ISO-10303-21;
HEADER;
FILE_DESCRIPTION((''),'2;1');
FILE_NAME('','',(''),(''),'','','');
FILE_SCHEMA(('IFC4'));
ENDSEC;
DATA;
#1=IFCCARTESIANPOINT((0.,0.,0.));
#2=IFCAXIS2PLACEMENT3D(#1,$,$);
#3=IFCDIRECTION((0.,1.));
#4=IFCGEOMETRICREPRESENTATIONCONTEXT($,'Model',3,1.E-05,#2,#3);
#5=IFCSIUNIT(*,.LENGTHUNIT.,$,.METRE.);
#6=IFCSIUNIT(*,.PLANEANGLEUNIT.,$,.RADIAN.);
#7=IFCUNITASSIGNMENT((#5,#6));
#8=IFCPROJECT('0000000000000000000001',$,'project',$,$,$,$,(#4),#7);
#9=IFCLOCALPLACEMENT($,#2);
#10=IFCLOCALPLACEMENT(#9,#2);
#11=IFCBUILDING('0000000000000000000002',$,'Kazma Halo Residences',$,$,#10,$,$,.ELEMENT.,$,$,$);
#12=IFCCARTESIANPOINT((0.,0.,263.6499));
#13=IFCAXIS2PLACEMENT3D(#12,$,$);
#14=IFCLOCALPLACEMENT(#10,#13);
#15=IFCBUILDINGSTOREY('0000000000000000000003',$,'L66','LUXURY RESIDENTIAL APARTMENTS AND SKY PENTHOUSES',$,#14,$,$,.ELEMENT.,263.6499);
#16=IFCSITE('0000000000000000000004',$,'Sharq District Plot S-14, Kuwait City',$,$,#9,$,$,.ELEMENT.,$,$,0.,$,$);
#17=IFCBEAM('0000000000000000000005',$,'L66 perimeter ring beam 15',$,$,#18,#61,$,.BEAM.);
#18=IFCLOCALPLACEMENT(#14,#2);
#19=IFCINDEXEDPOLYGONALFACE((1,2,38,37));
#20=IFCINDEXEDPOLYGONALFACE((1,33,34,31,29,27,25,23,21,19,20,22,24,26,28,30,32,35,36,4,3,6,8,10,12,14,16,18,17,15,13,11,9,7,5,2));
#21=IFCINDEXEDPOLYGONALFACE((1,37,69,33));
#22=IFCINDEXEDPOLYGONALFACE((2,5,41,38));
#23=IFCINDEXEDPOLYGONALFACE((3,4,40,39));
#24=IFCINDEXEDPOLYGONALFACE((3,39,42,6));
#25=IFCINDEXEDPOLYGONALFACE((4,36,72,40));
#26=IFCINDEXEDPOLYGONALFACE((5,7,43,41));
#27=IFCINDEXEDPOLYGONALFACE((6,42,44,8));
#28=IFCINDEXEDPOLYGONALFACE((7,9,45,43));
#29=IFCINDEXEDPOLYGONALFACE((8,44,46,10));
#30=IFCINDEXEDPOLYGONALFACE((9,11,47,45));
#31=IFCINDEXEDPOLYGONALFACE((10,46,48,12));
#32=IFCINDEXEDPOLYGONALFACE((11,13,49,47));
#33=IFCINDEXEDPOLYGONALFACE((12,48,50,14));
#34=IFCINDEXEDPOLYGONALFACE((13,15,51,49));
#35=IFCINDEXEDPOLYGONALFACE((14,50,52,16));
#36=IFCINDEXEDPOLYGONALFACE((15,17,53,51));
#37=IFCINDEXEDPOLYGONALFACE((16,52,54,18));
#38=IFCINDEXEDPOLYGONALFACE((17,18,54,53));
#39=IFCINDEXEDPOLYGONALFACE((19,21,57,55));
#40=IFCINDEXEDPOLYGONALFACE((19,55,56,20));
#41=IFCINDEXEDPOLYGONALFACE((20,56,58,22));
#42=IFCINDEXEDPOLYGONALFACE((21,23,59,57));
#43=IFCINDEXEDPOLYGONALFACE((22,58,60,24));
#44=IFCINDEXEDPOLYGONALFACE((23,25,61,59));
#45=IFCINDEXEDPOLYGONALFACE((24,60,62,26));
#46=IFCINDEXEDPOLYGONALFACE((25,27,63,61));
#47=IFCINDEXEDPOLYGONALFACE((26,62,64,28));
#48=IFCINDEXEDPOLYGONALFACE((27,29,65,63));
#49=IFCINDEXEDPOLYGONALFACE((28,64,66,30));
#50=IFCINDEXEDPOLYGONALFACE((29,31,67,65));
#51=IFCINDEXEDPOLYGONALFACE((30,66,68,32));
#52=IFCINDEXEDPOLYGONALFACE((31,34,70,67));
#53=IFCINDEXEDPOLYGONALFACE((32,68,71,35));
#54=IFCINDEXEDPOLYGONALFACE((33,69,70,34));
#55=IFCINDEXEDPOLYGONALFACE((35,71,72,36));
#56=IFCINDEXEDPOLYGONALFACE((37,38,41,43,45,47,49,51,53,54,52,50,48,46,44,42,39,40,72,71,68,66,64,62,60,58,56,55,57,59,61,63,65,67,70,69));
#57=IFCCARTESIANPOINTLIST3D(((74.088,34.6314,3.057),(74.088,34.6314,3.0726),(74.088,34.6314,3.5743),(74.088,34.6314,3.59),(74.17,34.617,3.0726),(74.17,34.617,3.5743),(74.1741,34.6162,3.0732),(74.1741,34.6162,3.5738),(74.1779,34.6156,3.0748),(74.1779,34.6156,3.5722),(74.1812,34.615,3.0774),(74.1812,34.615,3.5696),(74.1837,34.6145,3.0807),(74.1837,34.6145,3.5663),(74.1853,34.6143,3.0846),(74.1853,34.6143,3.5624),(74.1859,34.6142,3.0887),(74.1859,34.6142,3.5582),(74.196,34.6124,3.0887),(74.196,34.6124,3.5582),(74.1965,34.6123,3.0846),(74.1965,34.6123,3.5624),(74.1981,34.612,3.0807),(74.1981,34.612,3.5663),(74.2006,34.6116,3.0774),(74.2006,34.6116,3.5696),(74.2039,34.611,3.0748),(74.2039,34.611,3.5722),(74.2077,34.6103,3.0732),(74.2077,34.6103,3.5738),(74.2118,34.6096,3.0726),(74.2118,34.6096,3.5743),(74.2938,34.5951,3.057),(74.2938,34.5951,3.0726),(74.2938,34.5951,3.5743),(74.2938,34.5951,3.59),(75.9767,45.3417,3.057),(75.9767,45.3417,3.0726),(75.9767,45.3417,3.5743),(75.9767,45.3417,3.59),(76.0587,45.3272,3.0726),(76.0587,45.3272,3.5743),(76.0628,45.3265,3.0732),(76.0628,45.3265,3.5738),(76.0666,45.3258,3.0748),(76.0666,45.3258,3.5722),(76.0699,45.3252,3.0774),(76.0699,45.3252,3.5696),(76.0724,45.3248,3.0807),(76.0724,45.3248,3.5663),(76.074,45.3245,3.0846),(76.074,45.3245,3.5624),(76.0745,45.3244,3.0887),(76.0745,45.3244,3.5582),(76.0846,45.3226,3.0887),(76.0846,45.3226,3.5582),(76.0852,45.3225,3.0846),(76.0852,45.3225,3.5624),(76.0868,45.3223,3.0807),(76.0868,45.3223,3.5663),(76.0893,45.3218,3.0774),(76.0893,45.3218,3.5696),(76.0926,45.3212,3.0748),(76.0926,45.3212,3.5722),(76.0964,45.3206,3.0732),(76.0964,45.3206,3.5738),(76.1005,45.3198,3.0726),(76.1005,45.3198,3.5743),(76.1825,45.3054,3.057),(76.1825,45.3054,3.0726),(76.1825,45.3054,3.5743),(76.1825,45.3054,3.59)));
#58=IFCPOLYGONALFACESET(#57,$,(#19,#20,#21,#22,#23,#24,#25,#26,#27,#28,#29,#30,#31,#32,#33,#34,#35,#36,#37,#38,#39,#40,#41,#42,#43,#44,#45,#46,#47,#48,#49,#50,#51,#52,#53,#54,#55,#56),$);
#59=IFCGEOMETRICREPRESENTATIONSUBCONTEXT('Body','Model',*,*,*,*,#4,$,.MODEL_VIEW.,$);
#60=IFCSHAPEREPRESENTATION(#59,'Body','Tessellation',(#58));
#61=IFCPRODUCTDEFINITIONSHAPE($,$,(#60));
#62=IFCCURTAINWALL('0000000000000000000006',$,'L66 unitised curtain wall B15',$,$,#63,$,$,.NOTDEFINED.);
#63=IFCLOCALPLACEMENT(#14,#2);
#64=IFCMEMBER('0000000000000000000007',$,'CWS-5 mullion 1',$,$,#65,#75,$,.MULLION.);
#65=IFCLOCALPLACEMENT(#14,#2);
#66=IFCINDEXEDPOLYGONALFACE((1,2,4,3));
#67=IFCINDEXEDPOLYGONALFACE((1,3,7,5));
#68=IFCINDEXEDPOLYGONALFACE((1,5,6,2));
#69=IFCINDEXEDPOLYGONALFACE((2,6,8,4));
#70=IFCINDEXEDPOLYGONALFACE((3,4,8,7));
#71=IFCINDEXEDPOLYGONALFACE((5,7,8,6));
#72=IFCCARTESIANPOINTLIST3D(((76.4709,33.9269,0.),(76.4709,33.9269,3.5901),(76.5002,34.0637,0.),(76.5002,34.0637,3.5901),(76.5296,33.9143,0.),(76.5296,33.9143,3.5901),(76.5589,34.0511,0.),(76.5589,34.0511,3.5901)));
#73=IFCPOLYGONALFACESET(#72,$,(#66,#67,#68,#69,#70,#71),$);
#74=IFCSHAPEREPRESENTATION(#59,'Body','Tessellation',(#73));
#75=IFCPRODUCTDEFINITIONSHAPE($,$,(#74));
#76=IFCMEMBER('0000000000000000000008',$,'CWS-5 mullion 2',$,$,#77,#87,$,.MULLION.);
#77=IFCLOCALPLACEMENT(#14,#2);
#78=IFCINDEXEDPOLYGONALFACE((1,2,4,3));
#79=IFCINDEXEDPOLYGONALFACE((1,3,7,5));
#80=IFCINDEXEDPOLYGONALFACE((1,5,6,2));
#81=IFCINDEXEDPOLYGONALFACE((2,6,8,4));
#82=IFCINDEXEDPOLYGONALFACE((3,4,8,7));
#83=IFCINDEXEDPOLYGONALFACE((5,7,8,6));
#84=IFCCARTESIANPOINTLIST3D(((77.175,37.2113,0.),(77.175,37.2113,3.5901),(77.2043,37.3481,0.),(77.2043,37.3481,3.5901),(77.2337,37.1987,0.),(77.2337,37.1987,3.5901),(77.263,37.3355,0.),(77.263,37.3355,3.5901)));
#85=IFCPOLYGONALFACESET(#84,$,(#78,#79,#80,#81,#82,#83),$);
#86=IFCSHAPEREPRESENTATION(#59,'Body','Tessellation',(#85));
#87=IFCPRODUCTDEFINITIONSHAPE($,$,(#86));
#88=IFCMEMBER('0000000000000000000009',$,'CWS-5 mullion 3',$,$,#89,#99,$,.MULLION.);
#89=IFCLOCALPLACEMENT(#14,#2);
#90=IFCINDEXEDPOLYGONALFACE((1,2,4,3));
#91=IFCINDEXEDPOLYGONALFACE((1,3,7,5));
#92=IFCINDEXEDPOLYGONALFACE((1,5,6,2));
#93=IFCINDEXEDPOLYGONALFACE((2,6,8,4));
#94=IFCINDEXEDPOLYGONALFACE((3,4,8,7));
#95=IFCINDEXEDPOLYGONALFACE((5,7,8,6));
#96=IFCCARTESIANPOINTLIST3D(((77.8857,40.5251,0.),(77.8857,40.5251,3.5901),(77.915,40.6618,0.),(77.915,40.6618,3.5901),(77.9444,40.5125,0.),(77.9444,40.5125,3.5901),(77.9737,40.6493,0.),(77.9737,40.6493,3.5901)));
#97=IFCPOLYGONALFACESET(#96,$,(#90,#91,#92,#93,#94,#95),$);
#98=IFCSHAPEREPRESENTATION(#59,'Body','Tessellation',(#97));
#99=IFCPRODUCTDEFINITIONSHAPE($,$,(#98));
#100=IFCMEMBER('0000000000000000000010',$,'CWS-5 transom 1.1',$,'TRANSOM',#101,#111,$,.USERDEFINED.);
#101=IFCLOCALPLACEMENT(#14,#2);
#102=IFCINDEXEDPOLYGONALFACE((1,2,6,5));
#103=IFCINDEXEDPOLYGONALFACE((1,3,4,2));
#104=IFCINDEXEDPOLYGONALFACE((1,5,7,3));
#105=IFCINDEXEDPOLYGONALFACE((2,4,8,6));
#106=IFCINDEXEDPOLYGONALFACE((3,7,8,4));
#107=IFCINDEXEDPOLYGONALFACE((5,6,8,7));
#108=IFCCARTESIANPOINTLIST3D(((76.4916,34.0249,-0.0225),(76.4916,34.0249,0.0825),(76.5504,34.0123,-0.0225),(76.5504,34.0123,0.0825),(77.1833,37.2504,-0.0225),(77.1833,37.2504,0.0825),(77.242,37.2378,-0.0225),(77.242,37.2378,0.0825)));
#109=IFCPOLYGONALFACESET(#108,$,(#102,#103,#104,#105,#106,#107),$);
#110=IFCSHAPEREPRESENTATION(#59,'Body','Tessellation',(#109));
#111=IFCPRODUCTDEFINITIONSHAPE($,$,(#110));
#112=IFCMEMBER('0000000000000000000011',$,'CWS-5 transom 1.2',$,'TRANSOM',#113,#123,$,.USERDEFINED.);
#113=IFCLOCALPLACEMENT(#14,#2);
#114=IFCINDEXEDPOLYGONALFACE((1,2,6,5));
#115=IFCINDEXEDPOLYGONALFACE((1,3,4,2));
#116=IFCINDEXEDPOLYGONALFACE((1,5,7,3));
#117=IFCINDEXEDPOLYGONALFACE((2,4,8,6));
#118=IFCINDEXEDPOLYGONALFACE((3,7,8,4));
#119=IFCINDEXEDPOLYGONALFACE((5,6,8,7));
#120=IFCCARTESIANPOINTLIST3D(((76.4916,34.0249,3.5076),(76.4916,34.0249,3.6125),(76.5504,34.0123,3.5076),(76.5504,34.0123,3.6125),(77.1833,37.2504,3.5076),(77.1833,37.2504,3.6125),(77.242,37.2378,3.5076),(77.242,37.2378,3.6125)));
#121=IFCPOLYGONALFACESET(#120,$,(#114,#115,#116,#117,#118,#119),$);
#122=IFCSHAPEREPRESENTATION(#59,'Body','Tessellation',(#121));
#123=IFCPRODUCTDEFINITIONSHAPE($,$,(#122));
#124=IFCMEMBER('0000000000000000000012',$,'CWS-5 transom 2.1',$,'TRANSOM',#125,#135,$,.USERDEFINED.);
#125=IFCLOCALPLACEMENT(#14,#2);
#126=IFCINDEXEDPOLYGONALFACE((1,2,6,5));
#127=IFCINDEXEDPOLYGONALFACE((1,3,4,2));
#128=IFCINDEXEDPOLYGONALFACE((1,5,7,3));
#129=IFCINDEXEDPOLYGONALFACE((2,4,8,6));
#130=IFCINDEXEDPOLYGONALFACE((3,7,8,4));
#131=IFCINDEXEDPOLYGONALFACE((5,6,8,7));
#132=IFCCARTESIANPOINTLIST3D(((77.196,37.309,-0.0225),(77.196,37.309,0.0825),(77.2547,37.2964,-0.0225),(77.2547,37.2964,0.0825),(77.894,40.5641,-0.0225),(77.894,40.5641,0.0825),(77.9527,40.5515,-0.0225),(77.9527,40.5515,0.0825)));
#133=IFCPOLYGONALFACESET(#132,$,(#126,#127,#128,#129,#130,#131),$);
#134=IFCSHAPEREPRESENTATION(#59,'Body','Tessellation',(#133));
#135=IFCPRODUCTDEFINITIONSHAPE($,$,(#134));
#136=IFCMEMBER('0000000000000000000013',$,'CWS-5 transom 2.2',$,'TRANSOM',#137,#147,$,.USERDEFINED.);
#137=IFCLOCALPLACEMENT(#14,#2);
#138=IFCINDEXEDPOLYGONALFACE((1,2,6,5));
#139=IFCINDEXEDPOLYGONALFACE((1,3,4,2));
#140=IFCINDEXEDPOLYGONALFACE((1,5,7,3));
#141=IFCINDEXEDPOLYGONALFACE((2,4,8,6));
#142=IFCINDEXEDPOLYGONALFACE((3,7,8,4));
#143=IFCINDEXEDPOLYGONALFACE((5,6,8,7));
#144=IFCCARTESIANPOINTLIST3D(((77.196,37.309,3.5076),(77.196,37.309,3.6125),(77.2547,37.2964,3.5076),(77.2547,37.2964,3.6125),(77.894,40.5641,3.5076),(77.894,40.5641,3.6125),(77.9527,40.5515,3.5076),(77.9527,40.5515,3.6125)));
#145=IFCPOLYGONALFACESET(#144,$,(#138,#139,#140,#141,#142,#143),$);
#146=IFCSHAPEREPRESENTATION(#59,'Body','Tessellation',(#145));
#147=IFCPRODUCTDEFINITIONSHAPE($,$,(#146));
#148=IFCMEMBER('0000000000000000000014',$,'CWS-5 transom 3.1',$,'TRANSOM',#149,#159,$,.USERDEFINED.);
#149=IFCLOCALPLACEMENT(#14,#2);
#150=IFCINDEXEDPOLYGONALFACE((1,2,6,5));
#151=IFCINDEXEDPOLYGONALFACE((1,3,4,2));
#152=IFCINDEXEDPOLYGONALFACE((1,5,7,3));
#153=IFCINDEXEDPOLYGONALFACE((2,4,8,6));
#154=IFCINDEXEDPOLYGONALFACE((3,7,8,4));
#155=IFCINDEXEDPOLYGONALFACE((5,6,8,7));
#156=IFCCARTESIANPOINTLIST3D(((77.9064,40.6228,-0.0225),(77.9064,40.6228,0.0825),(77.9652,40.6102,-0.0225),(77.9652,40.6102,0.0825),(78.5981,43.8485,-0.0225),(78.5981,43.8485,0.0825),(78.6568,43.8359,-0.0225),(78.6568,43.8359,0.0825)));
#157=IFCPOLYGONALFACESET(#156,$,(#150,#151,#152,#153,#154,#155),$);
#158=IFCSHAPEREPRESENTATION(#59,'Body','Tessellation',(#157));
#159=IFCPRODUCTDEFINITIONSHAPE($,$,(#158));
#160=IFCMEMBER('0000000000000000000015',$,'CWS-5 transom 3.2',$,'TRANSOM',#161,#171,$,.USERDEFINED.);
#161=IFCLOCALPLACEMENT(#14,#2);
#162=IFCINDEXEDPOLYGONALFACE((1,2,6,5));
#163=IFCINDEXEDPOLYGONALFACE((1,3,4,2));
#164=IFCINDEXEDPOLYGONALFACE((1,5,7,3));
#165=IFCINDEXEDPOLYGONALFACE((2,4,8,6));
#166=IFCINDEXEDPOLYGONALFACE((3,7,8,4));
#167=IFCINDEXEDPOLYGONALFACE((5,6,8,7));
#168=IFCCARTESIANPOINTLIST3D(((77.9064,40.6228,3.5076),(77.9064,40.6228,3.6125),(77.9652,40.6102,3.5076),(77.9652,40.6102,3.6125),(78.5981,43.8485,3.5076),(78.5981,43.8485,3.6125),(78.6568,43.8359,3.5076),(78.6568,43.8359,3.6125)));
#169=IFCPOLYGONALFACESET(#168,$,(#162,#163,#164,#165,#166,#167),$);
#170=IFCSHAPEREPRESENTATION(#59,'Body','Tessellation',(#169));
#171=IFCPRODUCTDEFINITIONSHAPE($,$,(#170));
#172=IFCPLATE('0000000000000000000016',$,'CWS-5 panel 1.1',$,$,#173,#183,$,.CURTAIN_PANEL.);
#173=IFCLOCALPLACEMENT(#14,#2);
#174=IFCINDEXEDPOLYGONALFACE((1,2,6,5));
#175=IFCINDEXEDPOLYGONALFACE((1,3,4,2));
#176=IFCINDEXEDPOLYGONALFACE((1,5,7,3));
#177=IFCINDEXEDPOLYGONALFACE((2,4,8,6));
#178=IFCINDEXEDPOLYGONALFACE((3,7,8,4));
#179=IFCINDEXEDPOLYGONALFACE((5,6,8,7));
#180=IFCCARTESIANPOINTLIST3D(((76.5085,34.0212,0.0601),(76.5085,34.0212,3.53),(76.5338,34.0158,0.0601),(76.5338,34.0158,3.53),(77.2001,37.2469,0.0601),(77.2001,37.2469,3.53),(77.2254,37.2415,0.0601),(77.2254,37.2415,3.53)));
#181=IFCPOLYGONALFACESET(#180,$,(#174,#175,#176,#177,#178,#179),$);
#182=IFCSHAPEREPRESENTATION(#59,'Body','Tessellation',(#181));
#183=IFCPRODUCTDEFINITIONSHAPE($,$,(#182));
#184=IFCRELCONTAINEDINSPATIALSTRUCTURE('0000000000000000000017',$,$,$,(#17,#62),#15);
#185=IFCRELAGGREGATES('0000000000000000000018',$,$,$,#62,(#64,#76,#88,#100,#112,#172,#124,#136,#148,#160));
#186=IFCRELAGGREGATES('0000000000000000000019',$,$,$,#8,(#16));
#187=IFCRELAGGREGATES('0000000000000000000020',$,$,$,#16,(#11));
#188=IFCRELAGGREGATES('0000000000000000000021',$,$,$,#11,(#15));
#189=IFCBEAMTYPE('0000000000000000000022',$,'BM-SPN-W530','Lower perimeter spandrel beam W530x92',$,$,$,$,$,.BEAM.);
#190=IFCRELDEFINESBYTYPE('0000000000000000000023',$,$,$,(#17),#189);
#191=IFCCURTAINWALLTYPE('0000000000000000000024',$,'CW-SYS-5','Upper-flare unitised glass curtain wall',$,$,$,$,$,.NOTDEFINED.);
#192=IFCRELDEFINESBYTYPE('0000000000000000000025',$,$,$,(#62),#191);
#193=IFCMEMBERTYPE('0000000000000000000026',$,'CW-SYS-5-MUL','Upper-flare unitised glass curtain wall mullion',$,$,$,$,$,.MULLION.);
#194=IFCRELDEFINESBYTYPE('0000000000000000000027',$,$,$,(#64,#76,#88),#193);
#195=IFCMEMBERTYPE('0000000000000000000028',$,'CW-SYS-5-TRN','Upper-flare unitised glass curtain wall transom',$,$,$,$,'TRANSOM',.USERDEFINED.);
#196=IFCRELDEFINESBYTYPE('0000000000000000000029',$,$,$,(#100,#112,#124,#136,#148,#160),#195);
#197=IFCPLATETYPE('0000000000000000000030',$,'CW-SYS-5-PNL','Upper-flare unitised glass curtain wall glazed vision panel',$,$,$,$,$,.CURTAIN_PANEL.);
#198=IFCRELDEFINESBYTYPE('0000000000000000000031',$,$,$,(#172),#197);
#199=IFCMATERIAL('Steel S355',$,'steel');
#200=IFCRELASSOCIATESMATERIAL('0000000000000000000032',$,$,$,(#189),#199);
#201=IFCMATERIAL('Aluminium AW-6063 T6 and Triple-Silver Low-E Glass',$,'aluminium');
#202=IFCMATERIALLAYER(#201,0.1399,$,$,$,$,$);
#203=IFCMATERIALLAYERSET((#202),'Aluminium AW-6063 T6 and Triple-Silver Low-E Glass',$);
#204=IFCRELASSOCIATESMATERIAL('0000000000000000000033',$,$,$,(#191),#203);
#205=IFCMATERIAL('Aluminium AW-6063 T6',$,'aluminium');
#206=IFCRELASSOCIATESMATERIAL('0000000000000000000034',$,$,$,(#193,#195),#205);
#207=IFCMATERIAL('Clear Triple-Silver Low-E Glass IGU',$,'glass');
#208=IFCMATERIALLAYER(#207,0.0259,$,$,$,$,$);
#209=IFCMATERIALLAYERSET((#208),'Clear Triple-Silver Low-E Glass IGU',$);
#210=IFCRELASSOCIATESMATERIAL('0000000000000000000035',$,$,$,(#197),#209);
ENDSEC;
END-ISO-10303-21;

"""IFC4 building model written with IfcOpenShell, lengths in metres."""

from ifc_helpers import new_model, si_unit, direction, frame, origin, origin_2d, place, context, subcontext, project, spatial, rectangle, i_section, extrude, material, layer, layer_set, material_profile, profile_set, type_object, element, aggregate, save


model = new_model("IFC4")

# Units and contexts
model_context = context("Model", 3, precision=1e-05, world=origin(), true_north=direction((0.0, 1.0)))
body_context = subcontext(model_context, "Body", "Model", "MODEL_VIEW")
ifc_project = project(units=[si_unit("LENGTHUNIT", "METRE"), si_unit("PLANEANGLEUNIT", "RADIAN")], contexts=[model_context])

# Site, building, storey
site_placement = place(None, origin())
site = spatial("IfcSite", under=ifc_project, at=site_placement, Name="Sharq District Plot S-14, Kuwait City", CompositionType="ELEMENT", RefElevation=0.0)
building_placement = place(site_placement, origin())
building = spatial("IfcBuilding", under=site, at=building_placement, Name="Kazma Halo Residences", CompositionType="ELEMENT")
storey_placement = place(building_placement, frame((0.0, 0.0, 263.6499)))
storey = spatial("IfcBuildingStorey", under=building, at=storey_placement, Name="L66", Description="LUXURY RESIDENTIAL APARTMENTS AND SKY PENTHOUSES", CompositionType="ELEMENT", Elevation=263.6499)

# Beam
ifc_material_1 = material(Name="Steel S355", Category="steel")
ifc_material_profile_1 = material_profile(ifc_material_1, i_section(OverallWidth=0.209, OverallDepth=0.533, WebThickness=0.0103, FlangeThickness=0.0156, FilletRadius=0.0161, at=origin_2d()), Name="W530x92")
ifc_profile_set_1 = profile_set([ifc_material_profile_1], Name="Steel S355")
beam_type_1 = type_object("IfcBeamType", Name="BM-SPN-W530", Description="Lower perimeter spandrel beam W530x92", PredefinedType="BEAM", material=ifc_profile_set_1)
beam_1_placement = place(storey_placement, frame((74.1909, 34.6133, 3.3235), z_axis=(0.173664, 0.984805, 0.0), x_axis=(-0.984805, 0.173664, 0.0)))
element("IfcBeam", 1, at=beam_1_placement, inside=storey, type_object=beam_type_1, Name="L66 perimeter ring beam 15", PredefinedType="BEAM", context=body_context, shape_type="SweptSolid", body=[
    extrude(i_section(OverallWidth=0.209, OverallDepth=0.533, WebThickness=0.0103, FlangeThickness=0.0156, FilletRadius=0.0161, at=origin_2d()), origin(), (0.0, 0.0, 1.0), 10.8755),
])

# Curtain wall, members, plate
ifc_material_2 = material(Name="Aluminium AW-6063 T6 and Triple-Silver Low-E Glass", Category="aluminium")
ifc_layer_1 = layer(ifc_material_2, 0.1399)
ifc_layer_set_1 = layer_set([ifc_layer_1], Name="Aluminium AW-6063 T6 and Triple-Silver Low-E Glass")
curtain_wall_type = type_object("IfcCurtainWallType", Name="CW-SYS-5", Description="Upper-flare unitised glass curtain wall", PredefinedType="NOTDEFINED", material=ifc_layer_set_1)
curtain_wall_placement = place(storey_placement, origin())
curtain_wall = element("IfcCurtainWall", 2, at=curtain_wall_placement, inside=storey, type_object=curtain_wall_type, Name="L66 unitised curtain wall B15", PredefinedType="NOTDEFINED")
ifc_material_3 = material(Name="Aluminium AW-6063 T6", Category="aluminium")
ifc_material_profile_2 = material_profile(ifc_material_3, rectangle(XDim=0.0601, YDim=0.1399, at=origin_2d()), Name="CWM-60x140")
ifc_profile_set_2 = profile_set([ifc_material_profile_2], Name="Aluminium AW-6063 T6")
member_type_1 = type_object("IfcMemberType", Name="CW-SYS-5-MUL", Description="Upper-flare unitised glass curtain wall mullion", PredefinedType="MULLION", material=ifc_profile_set_2)
member_1_placement = place(storey_placement, frame((76.5149, 33.989, 0.0), z_axis=(0.0, 0.0, 1.0), x_axis=(-0.977775, 0.209657, 0.0)))
member_1 = element("IfcMember", 3, at=member_1_placement, type_object=member_type_1, Name="CWS-5 mullion 1", PredefinedType="MULLION", context=body_context, shape_type="SweptSolid", body=[
    extrude(rectangle(XDim=0.0601, YDim=0.1399, at=origin_2d()), origin(), (0.0, 0.0, 1.0), 3.5901),
])
member_2_placement = place(storey_placement, frame((77.219, 37.2734, 0.0), z_axis=(0.0, 0.0, 1.0), x_axis=(-0.977775, 0.209657, 0.0)))
member_2 = element("IfcMember", 4, at=member_2_placement, type_object=member_type_1, Name="CWS-5 mullion 2", PredefinedType="MULLION", context=body_context, shape_type="SweptSolid", body=[
    extrude(rectangle(XDim=0.0601, YDim=0.1399, at=origin_2d()), origin(), (0.0, 0.0, 1.0), 3.5901),
])
member_3_placement = place(storey_placement, frame((77.9297, 40.5872, 0.0), z_axis=(0.0, 0.0, 1.0), x_axis=(-0.977775, 0.209657, 0.0)))
member_3 = element("IfcMember", 5, at=member_3_placement, type_object=member_type_1, Name="CWS-5 mullion 3", PredefinedType="MULLION", context=body_context, shape_type="SweptSolid", body=[
    extrude(rectangle(XDim=0.0601, YDim=0.1399, at=origin_2d()), origin(), (0.0, 0.0, 1.0), 3.5901),
])
ifc_material_profile_3 = material_profile(ifc_material_3, rectangle(XDim=0.0601, YDim=0.105, at=origin_2d()), Name="CWT-60x105")
ifc_profile_set_3 = profile_set([ifc_material_profile_3], Name="Aluminium AW-6063 T6")
member_type_2 = type_object("IfcMemberType", Name="CW-SYS-5-TRN", Description="Upper-flare unitised glass curtain wall transom", ElementType="TRANSOM", PredefinedType="USERDEFINED", material=ifc_profile_set_3)
member_4_placement = place(storey_placement, frame((76.521, 34.0186, 0.03), z_axis=(0.20966, 0.977774, 0.0), x_axis=(-0.977774, 0.20966, 0.0)))
member_4 = element("IfcMember", 6, at=member_4_placement, type_object=member_type_2, Name="CWS-5 transom 1.1", ObjectType="TRANSOM", PredefinedType="USERDEFINED", context=body_context, shape_type="SweptSolid", body=[
    extrude(rectangle(XDim=0.0601, YDim=0.105, at=origin_2d()), origin(), (0.0, 0.0, 1.0), 3.2988),
])
member_5_placement = place(storey_placement, frame((76.521, 34.0186, 3.5601), z_axis=(0.20966, 0.977774, 0.0), x_axis=(-0.977774, 0.20966, 0.0)))
member_5 = element("IfcMember", 7, at=member_5_placement, type_object=member_type_2, Name="CWS-5 transom 1.2", ObjectType="TRANSOM", PredefinedType="USERDEFINED", context=body_context, shape_type="SweptSolid", body=[
    extrude(rectangle(XDim=0.0601, YDim=0.105, at=origin_2d()), origin(), (0.0, 0.0, 1.0), 3.2988),
])
member_6_placement = place(storey_placement, frame((77.2253, 37.3027, 0.03), z_axis=(0.209664, 0.977773, 0.0), x_axis=(-0.977773, 0.209664, 0.0)))
member_6 = element("IfcMember", 8, at=member_6_placement, type_object=member_type_2, Name="CWS-5 transom 2.1", ObjectType="TRANSOM", PredefinedType="USERDEFINED", context=body_context, shape_type="SweptSolid", body=[
    extrude(rectangle(XDim=0.0601, YDim=0.105, at=origin_2d()), origin(), (0.0, 0.0, 1.0), 3.3291),
])
member_7_placement = place(storey_placement, frame((77.2253, 37.3027, 3.5601), z_axis=(0.209664, 0.977773, 0.0), x_axis=(-0.977773, 0.209664, 0.0)))
member_7 = element("IfcMember", 9, at=member_7_placement, type_object=member_type_2, Name="CWS-5 transom 2.2", ObjectType="TRANSOM", PredefinedType="USERDEFINED", context=body_context, shape_type="SweptSolid", body=[
    extrude(rectangle(XDim=0.0601, YDim=0.105, at=origin_2d()), origin(), (0.0, 0.0, 1.0), 3.3291),
])
member_8_placement = place(storey_placement, frame((77.9358, 40.6165, 0.03), z_axis=(0.209645, 0.977777, 0.0), x_axis=(-0.977777, 0.209645, 0.0)))
member_8 = element("IfcMember", 10, at=member_8_placement, type_object=member_type_2, Name="CWS-5 transom 3.1", ObjectType="TRANSOM", PredefinedType="USERDEFINED", context=body_context, shape_type="SweptSolid", body=[
    extrude(rectangle(XDim=0.0601, YDim=0.105, at=origin_2d()), origin(), (0.0, 0.0, 1.0), 3.2991),
])
member_9_placement = place(storey_placement, frame((77.9358, 40.6165, 3.5601), z_axis=(0.209645, 0.977777, 0.0), x_axis=(-0.977777, 0.209645, 0.0)))
member_9 = element("IfcMember", 11, at=member_9_placement, type_object=member_type_2, Name="CWS-5 transom 3.2", ObjectType="TRANSOM", PredefinedType="USERDEFINED", context=body_context, shape_type="SweptSolid", body=[
    extrude(rectangle(XDim=0.0601, YDim=0.105, at=origin_2d()), origin(), (0.0, 0.0, 1.0), 3.2991),
])
ifc_material_4 = material(Name="Clear Triple-Silver Low-E Glass IGU", Category="glass")
ifc_layer_2 = layer(ifc_material_4, 0.0259)
ifc_layer_set_2 = layer_set([ifc_layer_2], Name="Clear Triple-Silver Low-E Glass IGU")
plate_type = type_object("IfcPlateType", Name="CW-SYS-5-PNL", Description="Upper-flare unitised glass curtain wall glazed vision panel", PredefinedType="CURTAIN_PANEL", material=ifc_layer_set_2)
plate_1_placement = place(storey_placement, frame((76.8669, 35.6313, 0.0601), z_axis=(0.0, 0.0, 1.0), x_axis=(0.209657, 0.977775, 0.0)))
plate_1 = element("IfcPlate", 12, at=plate_1_placement, type_object=plate_type, Name="CWS-5 panel 1.1", PredefinedType="CURTAIN_PANEL", context=body_context, shape_type="SweptSolid", body=[
    extrude(rectangle(XDim=3.2991, YDim=0.0259, at=origin_2d()), origin(), (0.0, 0.0, 1.0), 3.47),
])
aggregate(curtain_wall, [member_1, member_2, member_3, member_4, member_5, plate_1, member_6, member_7, member_8, member_9])

save(model, "model.ifc")
